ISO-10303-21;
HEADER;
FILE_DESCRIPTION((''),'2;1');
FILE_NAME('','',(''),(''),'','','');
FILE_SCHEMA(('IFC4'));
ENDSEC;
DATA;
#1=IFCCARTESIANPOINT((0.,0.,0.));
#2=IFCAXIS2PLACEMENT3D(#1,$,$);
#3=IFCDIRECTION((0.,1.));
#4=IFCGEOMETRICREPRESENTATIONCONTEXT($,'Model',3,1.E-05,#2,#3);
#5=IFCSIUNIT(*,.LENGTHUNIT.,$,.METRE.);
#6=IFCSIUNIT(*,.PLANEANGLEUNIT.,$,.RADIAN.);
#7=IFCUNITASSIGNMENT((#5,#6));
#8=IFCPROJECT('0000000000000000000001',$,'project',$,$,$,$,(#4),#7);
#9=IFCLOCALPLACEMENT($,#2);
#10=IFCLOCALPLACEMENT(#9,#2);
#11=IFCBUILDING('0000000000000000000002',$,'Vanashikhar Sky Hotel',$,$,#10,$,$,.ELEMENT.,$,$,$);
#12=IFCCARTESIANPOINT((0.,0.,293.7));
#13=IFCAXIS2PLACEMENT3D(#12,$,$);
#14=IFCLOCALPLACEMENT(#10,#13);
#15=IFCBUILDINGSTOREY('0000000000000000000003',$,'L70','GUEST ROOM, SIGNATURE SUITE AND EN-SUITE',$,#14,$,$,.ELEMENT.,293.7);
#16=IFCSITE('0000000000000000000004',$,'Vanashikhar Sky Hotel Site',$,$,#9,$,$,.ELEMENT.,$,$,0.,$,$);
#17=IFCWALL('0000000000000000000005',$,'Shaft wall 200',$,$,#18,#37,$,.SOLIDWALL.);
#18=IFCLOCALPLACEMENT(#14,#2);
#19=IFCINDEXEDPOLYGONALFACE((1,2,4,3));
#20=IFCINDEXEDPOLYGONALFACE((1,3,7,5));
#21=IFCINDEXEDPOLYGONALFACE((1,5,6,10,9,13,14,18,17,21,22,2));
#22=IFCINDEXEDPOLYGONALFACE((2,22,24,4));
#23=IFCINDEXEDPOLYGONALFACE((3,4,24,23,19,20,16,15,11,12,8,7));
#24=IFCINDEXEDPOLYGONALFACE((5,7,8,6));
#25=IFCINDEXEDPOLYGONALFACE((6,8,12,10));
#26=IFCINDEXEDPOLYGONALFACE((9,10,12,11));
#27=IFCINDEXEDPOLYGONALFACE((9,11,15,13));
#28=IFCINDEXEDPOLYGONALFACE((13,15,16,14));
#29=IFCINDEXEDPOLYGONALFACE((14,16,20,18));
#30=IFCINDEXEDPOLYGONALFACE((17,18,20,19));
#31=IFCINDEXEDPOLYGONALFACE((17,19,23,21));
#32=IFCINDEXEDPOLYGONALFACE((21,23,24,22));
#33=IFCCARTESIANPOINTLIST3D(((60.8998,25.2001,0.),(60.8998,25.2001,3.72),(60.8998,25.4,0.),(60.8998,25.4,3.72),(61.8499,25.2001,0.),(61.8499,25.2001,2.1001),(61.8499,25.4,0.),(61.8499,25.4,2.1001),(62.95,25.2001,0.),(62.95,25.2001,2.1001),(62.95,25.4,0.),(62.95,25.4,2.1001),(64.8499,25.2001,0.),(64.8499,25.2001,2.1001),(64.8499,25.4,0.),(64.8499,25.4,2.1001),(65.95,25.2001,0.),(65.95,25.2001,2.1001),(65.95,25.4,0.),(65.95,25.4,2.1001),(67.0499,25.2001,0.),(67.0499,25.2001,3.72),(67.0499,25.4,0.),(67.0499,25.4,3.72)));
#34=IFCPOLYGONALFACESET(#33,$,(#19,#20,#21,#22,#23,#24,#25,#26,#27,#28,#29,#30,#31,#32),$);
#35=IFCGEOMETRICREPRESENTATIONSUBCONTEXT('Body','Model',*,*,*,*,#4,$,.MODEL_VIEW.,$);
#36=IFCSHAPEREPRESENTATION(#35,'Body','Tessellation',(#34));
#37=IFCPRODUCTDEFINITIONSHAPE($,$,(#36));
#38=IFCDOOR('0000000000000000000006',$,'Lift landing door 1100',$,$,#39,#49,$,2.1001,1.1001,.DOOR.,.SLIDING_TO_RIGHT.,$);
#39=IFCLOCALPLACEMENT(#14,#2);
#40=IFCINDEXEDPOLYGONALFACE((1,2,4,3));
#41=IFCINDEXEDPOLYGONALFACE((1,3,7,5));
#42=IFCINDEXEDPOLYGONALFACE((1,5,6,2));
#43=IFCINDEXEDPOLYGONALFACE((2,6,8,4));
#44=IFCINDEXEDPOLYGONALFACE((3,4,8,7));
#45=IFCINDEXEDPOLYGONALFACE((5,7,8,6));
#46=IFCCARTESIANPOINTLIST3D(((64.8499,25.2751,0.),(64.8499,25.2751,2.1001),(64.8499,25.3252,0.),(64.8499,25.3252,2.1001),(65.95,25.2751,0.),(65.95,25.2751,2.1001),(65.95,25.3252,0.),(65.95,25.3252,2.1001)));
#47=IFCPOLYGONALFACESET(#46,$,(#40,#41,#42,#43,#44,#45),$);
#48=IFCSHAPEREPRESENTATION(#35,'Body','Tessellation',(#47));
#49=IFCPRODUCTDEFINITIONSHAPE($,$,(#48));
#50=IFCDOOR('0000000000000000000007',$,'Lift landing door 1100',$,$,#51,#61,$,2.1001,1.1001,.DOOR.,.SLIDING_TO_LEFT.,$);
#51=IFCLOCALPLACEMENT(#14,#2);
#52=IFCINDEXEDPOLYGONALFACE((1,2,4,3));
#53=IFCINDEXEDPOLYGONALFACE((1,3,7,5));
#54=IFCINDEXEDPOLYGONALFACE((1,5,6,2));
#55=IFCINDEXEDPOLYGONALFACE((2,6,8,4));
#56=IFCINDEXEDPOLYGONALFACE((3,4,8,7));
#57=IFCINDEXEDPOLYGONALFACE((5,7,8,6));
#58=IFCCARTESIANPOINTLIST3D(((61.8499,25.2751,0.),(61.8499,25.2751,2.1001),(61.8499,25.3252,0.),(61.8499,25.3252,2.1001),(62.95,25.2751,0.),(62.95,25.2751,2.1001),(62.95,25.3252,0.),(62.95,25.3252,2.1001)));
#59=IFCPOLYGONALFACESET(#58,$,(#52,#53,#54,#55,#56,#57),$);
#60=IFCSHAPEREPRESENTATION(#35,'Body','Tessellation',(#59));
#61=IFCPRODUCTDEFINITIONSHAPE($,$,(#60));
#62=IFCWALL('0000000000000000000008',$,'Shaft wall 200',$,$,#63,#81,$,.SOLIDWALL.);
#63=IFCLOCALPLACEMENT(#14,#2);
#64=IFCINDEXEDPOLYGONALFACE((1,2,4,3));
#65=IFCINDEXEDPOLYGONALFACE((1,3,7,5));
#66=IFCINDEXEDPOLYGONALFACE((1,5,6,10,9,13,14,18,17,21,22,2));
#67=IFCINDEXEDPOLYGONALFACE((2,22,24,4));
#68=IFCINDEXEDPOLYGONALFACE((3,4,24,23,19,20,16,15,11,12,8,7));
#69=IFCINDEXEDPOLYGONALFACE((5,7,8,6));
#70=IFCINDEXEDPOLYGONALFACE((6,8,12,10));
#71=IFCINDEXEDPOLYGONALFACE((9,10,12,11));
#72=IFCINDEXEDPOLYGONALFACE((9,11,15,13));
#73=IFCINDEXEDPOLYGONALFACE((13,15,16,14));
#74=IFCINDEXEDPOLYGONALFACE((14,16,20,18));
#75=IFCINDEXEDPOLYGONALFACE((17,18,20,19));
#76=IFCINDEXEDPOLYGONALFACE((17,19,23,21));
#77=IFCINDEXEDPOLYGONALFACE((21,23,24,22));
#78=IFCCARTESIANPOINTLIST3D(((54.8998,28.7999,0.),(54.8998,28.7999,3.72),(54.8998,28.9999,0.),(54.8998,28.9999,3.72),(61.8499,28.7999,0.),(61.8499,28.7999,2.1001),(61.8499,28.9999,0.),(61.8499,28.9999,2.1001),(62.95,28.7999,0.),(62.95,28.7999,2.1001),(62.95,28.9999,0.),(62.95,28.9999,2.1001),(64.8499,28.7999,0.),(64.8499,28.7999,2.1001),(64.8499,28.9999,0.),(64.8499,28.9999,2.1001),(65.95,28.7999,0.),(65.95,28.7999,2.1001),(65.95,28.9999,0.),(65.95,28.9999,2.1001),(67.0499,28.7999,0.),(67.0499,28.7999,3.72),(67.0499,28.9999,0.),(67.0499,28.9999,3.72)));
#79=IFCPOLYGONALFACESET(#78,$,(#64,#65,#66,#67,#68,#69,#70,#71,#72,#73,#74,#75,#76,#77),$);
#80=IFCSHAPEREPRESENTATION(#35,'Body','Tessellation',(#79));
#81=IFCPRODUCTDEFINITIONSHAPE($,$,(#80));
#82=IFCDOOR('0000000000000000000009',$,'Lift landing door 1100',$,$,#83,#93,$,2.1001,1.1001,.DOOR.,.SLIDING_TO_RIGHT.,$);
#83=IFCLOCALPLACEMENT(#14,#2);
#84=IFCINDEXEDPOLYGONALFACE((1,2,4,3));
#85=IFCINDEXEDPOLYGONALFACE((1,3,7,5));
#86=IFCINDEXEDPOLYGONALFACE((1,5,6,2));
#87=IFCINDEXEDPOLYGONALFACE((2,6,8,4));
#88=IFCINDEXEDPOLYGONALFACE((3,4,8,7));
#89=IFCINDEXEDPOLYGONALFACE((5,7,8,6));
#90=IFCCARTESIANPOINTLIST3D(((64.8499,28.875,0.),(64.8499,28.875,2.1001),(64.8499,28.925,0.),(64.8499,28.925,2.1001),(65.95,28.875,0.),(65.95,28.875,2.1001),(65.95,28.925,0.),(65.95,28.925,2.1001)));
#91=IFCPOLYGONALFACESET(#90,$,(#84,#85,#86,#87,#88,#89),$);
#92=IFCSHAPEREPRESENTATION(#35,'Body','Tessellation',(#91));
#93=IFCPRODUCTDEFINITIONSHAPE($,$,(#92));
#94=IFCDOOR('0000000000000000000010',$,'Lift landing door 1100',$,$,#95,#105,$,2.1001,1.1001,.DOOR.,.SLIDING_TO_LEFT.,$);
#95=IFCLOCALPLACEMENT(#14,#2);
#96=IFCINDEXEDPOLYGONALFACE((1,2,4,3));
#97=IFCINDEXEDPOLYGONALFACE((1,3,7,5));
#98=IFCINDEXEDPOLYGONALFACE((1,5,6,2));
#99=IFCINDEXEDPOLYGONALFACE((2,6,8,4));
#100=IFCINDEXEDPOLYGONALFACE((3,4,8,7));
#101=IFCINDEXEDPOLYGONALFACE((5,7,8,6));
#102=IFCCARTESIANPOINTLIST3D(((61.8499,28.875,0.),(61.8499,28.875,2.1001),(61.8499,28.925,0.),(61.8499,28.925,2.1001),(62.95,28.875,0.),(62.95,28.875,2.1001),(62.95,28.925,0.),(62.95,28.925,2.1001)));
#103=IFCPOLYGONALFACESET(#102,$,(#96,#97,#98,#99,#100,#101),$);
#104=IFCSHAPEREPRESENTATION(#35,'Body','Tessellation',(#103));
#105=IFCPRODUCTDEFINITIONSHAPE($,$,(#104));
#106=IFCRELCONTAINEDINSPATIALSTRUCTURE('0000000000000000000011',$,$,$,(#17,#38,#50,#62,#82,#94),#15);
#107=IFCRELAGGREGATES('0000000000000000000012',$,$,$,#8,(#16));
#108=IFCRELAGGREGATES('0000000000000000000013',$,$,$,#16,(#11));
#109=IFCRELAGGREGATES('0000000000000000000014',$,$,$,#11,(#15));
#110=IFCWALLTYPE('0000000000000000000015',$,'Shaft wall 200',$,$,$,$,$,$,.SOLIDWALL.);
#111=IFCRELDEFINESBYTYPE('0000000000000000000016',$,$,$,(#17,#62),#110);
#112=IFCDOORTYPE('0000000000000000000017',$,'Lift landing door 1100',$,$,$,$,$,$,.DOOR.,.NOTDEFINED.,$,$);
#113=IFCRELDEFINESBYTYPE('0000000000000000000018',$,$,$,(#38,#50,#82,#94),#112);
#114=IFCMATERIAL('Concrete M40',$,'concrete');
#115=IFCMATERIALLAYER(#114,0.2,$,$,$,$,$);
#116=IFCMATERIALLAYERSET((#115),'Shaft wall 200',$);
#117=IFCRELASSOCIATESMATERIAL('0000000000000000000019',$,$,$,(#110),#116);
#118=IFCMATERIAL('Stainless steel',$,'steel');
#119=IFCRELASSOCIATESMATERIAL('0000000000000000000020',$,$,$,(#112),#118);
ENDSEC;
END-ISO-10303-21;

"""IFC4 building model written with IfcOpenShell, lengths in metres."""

from ifc_helpers import new_model, si_unit, direction, frame, frame_2d, origin, place, context, subcontext, project, spatial, rectangle, extrude, source, transform, mapped, material, layer, layer_set, type_object, element, fill, save


model = new_model("IFC4")

# Units and contexts
model_context = context("Model", 3, precision=1e-05, world=origin(), true_north=direction((0.0, 1.0)))
body_context = subcontext(model_context, "Body", "Model", "MODEL_VIEW")
ifc_project = project(units=[si_unit("LENGTHUNIT", "METRE"), si_unit("PLANEANGLEUNIT", "RADIAN")], contexts=[model_context])

# Site, building, storey
site_placement = place(None, origin())
site = spatial("IfcSite", under=ifc_project, at=site_placement, Name="Vanashikhar Sky Hotel Site", CompositionType="ELEMENT", RefElevation=0.0)
building_placement = place(site_placement, origin())
building = spatial("IfcBuilding", under=site, at=building_placement, Name="Vanashikhar Sky Hotel", CompositionType="ELEMENT")
storey_placement = place(building_placement, frame((0.0, 0.0, 293.7)))
storey = spatial("IfcBuildingStorey", under=building, at=storey_placement, Name="L70", Description="GUEST ROOM, SIGNATURE SUITE AND EN-SUITE", CompositionType="ELEMENT", Elevation=293.7)

# Shared definitions
shared_shape_1 = source(origin(), body_context, "Body", "SweptSolid", [
    extrude(rectangle(XDim=1.1001, YDim=2.1001, at=frame_2d((0.55, 1.05))), frame((0.0, 0.0249, 0.0), z_axis=(0.0, -1.0, 0.0), x_axis=(1.0, 0.0, 0.0)), (0.0, 0.0, 1.0), 0.05),
])

# Shared definitions
ifc_material_1 = material(Name="Concrete M40", Category="concrete")
ifc_layer_1 = layer(ifc_material_1, 0.2)
ifc_layer_set_1 = layer_set([ifc_layer_1], Name="Shaft wall 200")
wall_type_1 = type_object("IfcWallType", Name="Shaft wall 200", PredefinedType="SOLIDWALL", material=ifc_layer_set_1)
shared_shape_2 = source(origin(), body_context, "Body", "SweptSolid", [
    extrude(rectangle(XDim=1.1001, YDim=2.1001, at=frame_2d((0.55, 1.05))), frame((0.0, 0.1099, 0.0), z_axis=(0.0, -1.0, 0.0), x_axis=(1.0, 0.0, 0.0)), (0.0, 0.0, 1.0), 0.22),
])
ifc_material_2 = material(Name="Stainless steel", Category="steel")
door_type_1 = type_object("IfcDoorType", Name="Lift landing door 1100", OperationType="NOTDEFINED", PredefinedType="DOOR", material=ifc_material_2)

# Walls, openings, doors
shared_shape_3 = source(origin(), body_context, "Body", "SweptSolid", [
    extrude(rectangle(XDim=6.1501, YDim=0.2, at=frame_2d((3.0752, 0.0))), origin(), (0.0, 0.0, 1.0), 3.72),
])
wall_1_placement = place(storey_placement, frame((67.05, 25.3, 0.0), z_axis=(0.0, 0.0, 1.0), x_axis=(-1.0, 0.0, 0.0)))
wall_1 = element("IfcWall", 1, at=wall_1_placement, inside=storey, type_object=wall_type_1, Name="Shaft wall 200", PredefinedType="SOLIDWALL", context=body_context, shape_type="MappedRepresentation", body=[
    mapped(shared_shape_3, transform((0.0, 0.0, 0.0), scale=1.0)),
])
opening_1_placement = place(wall_1_placement, frame((1.1001, 0.0, 0.0)))
opening_1 = element("IfcOpeningElement", 2, at=opening_1_placement, cuts=wall_1, PredefinedType="OPENING", context=body_context, shape_type="MappedRepresentation", body=[
    mapped(shared_shape_2, transform((0.0, 0.0, 0.0), scale=1.0)),
])
opening_2_placement = place(wall_1_placement, frame((4.1001, 0.0, 0.0)))
opening_2 = element("IfcOpeningElement", 3, at=opening_2_placement, cuts=wall_1, PredefinedType="OPENING", context=body_context, shape_type="MappedRepresentation", body=[
    mapped(shared_shape_2, transform((0.0, 0.0, 0.0), scale=1.0)),
])
door_1_placement = place(opening_1_placement, origin())
door_1 = element("IfcDoor", 4, at=door_1_placement, inside=storey, type_object=door_type_1, Name="Lift landing door 1100", OperationType="SLIDING_TO_RIGHT", OverallHeight=2.1001, OverallWidth=1.1001, PredefinedType="DOOR", context=body_context, shape_type="MappedRepresentation", body=[
    mapped(shared_shape_1, transform((0.0, 0.0, 0.0), scale=1.0)),
])
fill(opening_1, door_1)
door_2_placement = place(opening_2_placement, origin())
door_2 = element("IfcDoor", 5, at=door_2_placement, inside=storey, type_object=door_type_1, Name="Lift landing door 1100", OperationType="SLIDING_TO_LEFT", OverallHeight=2.1001, OverallWidth=1.1001, PredefinedType="DOOR", context=body_context, shape_type="MappedRepresentation", body=[
    mapped(shared_shape_1, transform((0.0, 0.0, 0.0), scale=1.0)),
])
fill(opening_2, door_2)
shared_shape_4 = source(origin(), body_context, "Body", "SweptSolid", [
    extrude(rectangle(XDim=12.1501, YDim=0.2, at=frame_2d((6.0752, 0.0))), origin(), (0.0, 0.0, 1.0), 3.72),
])
wall_2_placement = place(storey_placement, frame((67.05, 28.8999, 0.0), z_axis=(0.0, 0.0, 1.0), x_axis=(-1.0, 0.0, 0.0)))
wall_2 = element("IfcWall", 6, at=wall_2_placement, inside=storey, type_object=wall_type_1, Name="Shaft wall 200", PredefinedType="SOLIDWALL", context=body_context, shape_type="MappedRepresentation", body=[
    mapped(shared_shape_4, transform((0.0, 0.0, 0.0), scale=1.0)),
])
opening_3_placement = place(wall_2_placement, frame((1.1001, 0.0, 0.0)))
opening_3 = element("IfcOpeningElement", 7, at=opening_3_placement, cuts=wall_2, PredefinedType="OPENING", context=body_context, shape_type="MappedRepresentation", body=[
    mapped(shared_shape_2, transform((0.0, 0.0, 0.0), scale=1.0)),
])
opening_4_placement = place(wall_2_placement, frame((4.1001, 0.0, 0.0)))
opening_4 = element("IfcOpeningElement", 8, at=opening_4_placement, cuts=wall_2, PredefinedType="OPENING", context=body_context, shape_type="MappedRepresentation", body=[
    mapped(shared_shape_2, transform((0.0, 0.0, 0.0), scale=1.0)),
])
door_3_placement = place(opening_3_placement, origin())
door_3 = element("IfcDoor", 9, at=door_3_placement, inside=storey, type_object=door_type_1, Name="Lift landing door 1100", OperationType="SLIDING_TO_RIGHT", OverallHeight=2.1001, OverallWidth=1.1001, PredefinedType="DOOR", context=body_context, shape_type="MappedRepresentation", body=[
    mapped(shared_shape_1, transform((0.0, 0.0, 0.0), scale=1.0)),
])
fill(opening_3, door_3)
door_4_placement = place(opening_4_placement, origin())
door_4 = element("IfcDoor", 10, at=door_4_placement, inside=storey, type_object=door_type_1, Name="Lift landing door 1100", OperationType="SLIDING_TO_LEFT", OverallHeight=2.1001, OverallWidth=1.1001, PredefinedType="DOOR", context=body_context, shape_type="MappedRepresentation", body=[
    mapped(shared_shape_1, transform((0.0, 0.0, 0.0), scale=1.0)),
])
fill(opening_4, door_4)

save(model, "model.ifc")
